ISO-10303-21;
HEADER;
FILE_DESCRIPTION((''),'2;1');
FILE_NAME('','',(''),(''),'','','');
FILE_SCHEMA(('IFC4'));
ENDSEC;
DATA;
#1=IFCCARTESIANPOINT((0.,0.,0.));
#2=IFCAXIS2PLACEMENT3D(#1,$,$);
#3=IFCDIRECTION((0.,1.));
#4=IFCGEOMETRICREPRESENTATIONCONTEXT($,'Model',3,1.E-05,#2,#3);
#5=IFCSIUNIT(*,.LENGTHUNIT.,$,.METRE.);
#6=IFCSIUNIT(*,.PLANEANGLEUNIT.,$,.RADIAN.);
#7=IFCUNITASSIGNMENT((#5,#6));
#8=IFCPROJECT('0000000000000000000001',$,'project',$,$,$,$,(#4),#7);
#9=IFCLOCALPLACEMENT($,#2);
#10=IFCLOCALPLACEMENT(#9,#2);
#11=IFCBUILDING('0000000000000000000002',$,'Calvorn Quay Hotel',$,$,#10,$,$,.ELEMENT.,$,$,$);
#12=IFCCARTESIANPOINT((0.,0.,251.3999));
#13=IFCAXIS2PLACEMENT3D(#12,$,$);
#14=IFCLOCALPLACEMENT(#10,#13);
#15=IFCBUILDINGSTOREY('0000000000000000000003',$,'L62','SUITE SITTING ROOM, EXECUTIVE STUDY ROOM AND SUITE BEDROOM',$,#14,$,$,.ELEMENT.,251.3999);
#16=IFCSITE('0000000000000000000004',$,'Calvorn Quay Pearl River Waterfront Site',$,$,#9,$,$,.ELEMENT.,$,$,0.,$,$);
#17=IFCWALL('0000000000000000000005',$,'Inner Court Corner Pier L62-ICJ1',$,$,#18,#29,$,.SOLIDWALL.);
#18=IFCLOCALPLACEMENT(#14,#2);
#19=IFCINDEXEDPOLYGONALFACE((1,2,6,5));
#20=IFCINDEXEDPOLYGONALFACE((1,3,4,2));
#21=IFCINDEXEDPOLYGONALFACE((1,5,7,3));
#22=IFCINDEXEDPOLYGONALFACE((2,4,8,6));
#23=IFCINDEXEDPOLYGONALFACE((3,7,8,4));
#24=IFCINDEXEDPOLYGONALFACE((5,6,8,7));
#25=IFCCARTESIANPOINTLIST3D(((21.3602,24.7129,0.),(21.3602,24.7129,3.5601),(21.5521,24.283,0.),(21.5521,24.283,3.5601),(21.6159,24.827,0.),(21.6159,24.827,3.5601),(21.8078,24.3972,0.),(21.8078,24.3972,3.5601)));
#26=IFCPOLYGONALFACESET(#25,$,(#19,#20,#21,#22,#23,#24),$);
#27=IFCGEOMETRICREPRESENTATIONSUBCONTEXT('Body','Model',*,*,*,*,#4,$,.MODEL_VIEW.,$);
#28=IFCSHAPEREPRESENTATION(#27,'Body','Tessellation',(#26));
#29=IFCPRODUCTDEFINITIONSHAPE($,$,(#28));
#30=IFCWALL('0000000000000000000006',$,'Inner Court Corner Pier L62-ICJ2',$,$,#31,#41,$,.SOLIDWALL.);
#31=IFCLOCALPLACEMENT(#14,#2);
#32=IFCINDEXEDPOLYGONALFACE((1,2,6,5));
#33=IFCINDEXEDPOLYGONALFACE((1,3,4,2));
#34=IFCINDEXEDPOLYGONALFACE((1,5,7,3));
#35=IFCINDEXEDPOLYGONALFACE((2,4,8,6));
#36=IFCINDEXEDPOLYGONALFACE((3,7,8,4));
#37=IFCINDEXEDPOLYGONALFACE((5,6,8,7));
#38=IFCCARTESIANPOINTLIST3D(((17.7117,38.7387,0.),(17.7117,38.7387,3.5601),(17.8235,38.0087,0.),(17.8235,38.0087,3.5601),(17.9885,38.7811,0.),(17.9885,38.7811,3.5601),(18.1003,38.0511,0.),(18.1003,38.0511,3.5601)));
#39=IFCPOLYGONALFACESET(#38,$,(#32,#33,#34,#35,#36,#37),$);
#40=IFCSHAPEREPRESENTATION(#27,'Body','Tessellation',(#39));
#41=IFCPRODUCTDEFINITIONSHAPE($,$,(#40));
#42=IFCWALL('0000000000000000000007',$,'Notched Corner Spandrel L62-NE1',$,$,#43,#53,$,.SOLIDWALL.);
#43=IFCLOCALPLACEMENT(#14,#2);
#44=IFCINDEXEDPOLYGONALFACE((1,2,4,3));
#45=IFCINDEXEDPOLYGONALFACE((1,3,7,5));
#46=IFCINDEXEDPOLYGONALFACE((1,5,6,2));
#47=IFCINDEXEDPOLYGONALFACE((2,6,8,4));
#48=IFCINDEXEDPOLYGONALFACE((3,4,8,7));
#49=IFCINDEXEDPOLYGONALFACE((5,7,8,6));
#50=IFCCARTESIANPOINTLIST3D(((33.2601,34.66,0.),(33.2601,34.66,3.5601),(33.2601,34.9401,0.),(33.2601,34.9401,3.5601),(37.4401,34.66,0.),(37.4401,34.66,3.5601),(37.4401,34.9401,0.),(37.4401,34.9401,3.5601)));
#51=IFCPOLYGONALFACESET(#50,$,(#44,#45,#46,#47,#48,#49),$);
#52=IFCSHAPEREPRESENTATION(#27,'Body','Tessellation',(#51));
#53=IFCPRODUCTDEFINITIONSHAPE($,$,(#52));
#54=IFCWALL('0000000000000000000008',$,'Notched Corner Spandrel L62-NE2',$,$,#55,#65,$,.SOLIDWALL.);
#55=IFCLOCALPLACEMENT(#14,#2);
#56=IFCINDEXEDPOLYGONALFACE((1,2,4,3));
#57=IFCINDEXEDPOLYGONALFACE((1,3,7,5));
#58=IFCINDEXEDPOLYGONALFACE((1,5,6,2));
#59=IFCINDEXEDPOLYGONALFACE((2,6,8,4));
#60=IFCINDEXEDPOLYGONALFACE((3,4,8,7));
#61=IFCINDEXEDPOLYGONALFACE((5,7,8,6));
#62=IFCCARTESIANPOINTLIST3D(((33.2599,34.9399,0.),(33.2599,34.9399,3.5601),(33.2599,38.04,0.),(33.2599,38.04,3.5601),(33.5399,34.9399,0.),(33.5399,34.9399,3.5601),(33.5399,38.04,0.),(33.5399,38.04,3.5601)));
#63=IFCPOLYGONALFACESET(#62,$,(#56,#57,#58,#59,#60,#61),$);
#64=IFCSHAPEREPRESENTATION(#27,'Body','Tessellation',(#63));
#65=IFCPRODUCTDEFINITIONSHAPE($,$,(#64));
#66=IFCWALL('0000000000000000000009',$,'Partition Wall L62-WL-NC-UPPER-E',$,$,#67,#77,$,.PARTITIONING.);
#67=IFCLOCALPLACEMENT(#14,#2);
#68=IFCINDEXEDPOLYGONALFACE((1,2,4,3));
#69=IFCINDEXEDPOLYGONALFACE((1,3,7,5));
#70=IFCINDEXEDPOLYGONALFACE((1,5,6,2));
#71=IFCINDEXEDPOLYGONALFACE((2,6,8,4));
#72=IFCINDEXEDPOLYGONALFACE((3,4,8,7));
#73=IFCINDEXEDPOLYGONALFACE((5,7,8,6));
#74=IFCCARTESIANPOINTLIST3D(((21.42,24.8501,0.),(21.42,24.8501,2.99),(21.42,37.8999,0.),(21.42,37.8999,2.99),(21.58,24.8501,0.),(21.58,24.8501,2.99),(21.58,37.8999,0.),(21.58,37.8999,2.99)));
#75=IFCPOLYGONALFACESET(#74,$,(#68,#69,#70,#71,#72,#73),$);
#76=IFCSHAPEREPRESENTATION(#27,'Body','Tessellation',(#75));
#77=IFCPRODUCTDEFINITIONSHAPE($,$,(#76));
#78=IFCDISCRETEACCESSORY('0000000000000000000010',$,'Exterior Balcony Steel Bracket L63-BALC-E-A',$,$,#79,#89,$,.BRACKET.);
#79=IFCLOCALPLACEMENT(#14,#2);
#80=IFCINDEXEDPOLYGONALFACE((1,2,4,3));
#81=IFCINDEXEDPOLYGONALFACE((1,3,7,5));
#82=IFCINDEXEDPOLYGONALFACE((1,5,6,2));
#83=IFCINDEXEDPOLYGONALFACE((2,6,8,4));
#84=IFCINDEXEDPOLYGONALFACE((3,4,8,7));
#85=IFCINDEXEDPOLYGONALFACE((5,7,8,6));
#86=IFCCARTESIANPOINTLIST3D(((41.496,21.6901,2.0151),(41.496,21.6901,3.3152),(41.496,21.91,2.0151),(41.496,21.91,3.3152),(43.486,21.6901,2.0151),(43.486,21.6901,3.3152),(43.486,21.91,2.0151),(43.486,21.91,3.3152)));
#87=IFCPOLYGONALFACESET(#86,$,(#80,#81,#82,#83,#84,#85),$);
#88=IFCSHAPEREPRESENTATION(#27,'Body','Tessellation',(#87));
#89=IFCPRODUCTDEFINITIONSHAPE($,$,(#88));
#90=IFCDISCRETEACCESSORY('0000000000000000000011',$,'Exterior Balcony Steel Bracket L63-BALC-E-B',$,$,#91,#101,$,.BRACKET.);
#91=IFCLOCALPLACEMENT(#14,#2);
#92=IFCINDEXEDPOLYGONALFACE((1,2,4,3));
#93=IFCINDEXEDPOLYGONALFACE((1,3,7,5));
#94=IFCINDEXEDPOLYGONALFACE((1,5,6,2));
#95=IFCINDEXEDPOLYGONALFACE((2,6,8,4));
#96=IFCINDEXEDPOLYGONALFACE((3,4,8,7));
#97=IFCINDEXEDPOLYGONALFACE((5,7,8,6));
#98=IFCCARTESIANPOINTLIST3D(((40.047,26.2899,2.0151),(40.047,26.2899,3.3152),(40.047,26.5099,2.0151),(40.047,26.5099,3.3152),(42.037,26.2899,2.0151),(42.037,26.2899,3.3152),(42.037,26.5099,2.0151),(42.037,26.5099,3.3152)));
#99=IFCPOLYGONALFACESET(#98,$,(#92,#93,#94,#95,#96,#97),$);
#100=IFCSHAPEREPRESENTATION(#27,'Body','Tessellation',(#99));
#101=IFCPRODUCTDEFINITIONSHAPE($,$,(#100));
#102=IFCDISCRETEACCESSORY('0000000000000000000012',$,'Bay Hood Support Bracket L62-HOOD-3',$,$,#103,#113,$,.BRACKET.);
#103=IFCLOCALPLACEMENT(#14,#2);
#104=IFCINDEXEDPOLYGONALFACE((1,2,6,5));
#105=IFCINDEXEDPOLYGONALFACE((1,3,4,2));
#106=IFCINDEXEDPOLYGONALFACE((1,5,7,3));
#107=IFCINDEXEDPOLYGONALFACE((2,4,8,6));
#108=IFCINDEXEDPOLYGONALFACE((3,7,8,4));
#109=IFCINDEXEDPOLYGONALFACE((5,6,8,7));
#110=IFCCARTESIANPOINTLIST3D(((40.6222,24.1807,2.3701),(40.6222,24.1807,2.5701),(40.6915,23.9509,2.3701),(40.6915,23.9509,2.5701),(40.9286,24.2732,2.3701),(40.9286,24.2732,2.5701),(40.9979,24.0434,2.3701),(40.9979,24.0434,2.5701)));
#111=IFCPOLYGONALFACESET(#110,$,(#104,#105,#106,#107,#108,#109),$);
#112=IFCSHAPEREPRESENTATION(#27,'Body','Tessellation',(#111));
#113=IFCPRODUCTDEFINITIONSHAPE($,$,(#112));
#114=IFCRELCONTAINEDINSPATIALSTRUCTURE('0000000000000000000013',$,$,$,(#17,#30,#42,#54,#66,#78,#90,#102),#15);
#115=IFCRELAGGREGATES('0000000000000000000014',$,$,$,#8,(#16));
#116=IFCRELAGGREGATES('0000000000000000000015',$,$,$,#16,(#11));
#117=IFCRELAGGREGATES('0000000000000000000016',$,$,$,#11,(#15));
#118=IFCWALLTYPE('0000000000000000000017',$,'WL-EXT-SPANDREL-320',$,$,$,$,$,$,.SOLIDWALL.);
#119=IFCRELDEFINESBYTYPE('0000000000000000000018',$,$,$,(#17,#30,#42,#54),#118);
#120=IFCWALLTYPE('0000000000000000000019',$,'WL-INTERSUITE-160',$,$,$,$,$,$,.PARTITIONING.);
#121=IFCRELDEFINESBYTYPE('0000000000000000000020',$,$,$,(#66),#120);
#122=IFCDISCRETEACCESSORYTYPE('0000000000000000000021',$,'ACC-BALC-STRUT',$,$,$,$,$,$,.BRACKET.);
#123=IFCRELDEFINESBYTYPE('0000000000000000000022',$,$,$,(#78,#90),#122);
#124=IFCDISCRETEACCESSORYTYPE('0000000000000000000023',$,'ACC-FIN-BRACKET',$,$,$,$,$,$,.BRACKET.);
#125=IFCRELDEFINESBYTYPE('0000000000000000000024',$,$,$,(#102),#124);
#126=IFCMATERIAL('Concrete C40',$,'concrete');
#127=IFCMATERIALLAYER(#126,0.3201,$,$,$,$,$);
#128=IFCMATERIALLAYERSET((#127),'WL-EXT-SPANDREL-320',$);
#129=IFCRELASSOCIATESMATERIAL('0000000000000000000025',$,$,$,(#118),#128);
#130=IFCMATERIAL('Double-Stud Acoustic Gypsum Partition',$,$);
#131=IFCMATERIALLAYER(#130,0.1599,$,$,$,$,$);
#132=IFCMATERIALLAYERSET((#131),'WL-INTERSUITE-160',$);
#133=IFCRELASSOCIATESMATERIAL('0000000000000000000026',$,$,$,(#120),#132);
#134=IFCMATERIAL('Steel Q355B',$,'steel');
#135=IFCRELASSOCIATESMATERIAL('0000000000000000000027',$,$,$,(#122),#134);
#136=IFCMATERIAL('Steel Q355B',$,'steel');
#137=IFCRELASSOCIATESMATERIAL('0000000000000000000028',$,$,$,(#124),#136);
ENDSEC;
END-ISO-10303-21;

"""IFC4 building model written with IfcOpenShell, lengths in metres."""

from ifc_helpers import new_model, si_unit, direction, frame, frame_2d, origin, origin_2d, place, context, subcontext, project, spatial, rectangle, extrude, material, layer, layer_set, type_object, element, save


model = new_model("IFC4")

# Units and contexts
model_context = context("Model", 3, precision=1e-05, world=origin(), true_north=direction((0.0, 1.0)))
body_context = subcontext(model_context, "Body", "Model", "MODEL_VIEW")
ifc_project = project(units=[si_unit("LENGTHUNIT", "METRE"), si_unit("PLANEANGLEUNIT", "RADIAN")], contexts=[model_context])

# Site, building, storey
site_placement = place(None, origin())
site = spatial("IfcSite", under=ifc_project, at=site_placement, Name="Calvorn Quay Pearl River Waterfront Site", CompositionType="ELEMENT", RefElevation=0.0)
building_placement = place(site_placement, origin())
building = spatial("IfcBuilding", under=site, at=building_placement, Name="Calvorn Quay Hotel", CompositionType="ELEMENT")
storey_placement = place(building_placement, frame((0.0, 0.0, 251.3999)))
storey = spatial("IfcBuildingStorey", under=building, at=storey_placement, Name="L62", Description="SUITE SITTING ROOM, EXECUTIVE STUDY ROOM AND SUITE BEDROOM", CompositionType="ELEMENT", Elevation=251.3999)

# Walls
ifc_material_1 = material(Name="Concrete C40", Category="concrete")
ifc_layer_1 = layer(ifc_material_1, 0.3201)
ifc_layer_set_1 = layer_set([ifc_layer_1], Name="WL-EXT-SPANDREL-320")
wall_type_1 = type_object("IfcWallType", Name="WL-EXT-SPANDREL-320", PredefinedType="SOLIDWALL", material=ifc_layer_set_1)
wall_1_placement = place(storey_placement, frame((21.6799, 24.3401, 0.0), z_axis=(0.0, 0.0, 1.0), x_axis=(-0.407581, 0.913169, 0.0)))
element("IfcWall", 1, at=wall_1_placement, inside=storey, type_object=wall_type_1, Name="Inner Court Corner Pier L62-ICJ1", PredefinedType="SOLIDWALL", context=body_context, shape_type="SweptSolid", body=[
    extrude(rectangle(XDim=0.4707, YDim=0.28, at=frame_2d((0.2354, 0.0))), origin(), (0.0, 0.0, 1.0), 3.5601),
])
wall_2_placement = place(storey_placement, frame((17.9619, 38.03, 0.0), z_axis=(0.0, 0.0, 1.0), x_axis=(-0.151411, 0.988471, 0.0)))
element("IfcWall", 2, at=wall_2_placement, inside=storey, type_object=wall_type_1, Name="Inner Court Corner Pier L62-ICJ2", PredefinedType="SOLIDWALL", context=body_context, shape_type="SweptSolid", body=[
    extrude(rectangle(XDim=0.7385, YDim=0.28, at=frame_2d((0.3691, 0.0))), origin(), (0.0, 0.0, 1.0), 3.5601),
])
wall_3_placement = place(storey_placement, frame((37.4399, 34.8, 0.0), z_axis=(0.0, 0.0, 1.0), x_axis=(-1.0, 0.0, 0.0)))
element("IfcWall", 3, at=wall_3_placement, inside=storey, type_object=wall_type_1, Name="Notched Corner Spandrel L62-NE1", PredefinedType="SOLIDWALL", context=body_context, shape_type="SweptSolid", body=[
    extrude(rectangle(XDim=4.1799, YDim=0.28, at=frame_2d((2.0898, 0.0))), origin(), (0.0, 0.0, 1.0), 3.5601),
])
wall_4_placement = place(storey_placement, frame((33.3999, 34.9399, 0.0), z_axis=(0.0, 0.0, 1.0), x_axis=(0.0, 1.0, 0.0)))
element("IfcWall", 4, at=wall_4_placement, inside=storey, type_object=wall_type_1, Name="Notched Corner Spandrel L62-NE2", PredefinedType="SOLIDWALL", context=body_context, shape_type="SweptSolid", body=[
    extrude(rectangle(XDim=3.1001, YDim=0.28, at=frame_2d((1.55, 0.0))), origin(), (0.0, 0.0, 1.0), 3.5601),
])
ifc_material_2 = material(Name="Double-Stud Acoustic Gypsum Partition")
ifc_layer_2 = layer(ifc_material_2, 0.1599)
ifc_layer_set_2 = layer_set([ifc_layer_2], Name="WL-INTERSUITE-160")
wall_type_2 = type_object("IfcWallType", Name="WL-INTERSUITE-160", PredefinedType="PARTITIONING", material=ifc_layer_set_2)
wall_5_placement = place(storey_placement, frame((21.5, 24.8501, 0.0), z_axis=(0.0, 0.0, 1.0), x_axis=(0.0, 1.0, 0.0)))
element("IfcWall", 5, at=wall_5_placement, inside=storey, type_object=wall_type_2, Name="Partition Wall L62-WL-NC-UPPER-E", PredefinedType="PARTITIONING", context=body_context, shape_type="SweptSolid", body=[
    extrude(rectangle(XDim=13.0498, YDim=0.1599, at=frame_2d((6.5249, 0.0))), origin(), (0.0, 0.0, 1.0), 2.99),
])

# Discrete accessories
ifc_material_3 = material(Name="Steel Q355B", Category="steel")
discrete_accessory_type_1 = type_object("IfcDiscreteAccessoryType", Name="ACC-BALC-STRUT", PredefinedType="BRACKET", material=ifc_material_3)
for number, where, z_axis, x_axis, name in (
    (6, (42.491, 21.8, 2.0151), (0.0, 0.0, 1.0), (1.0, 0.0, 0.0), "Exterior Balcony Steel Bracket L63-BALC-E-A"),
    (7, (41.042, 26.3999, 2.0151), (0.0, 0.0, 1.0), (1.0, 0.0, 0.0), "Exterior Balcony Steel Bracket L63-BALC-E-B"),
):
    element("IfcDiscreteAccessory", number, at=place(storey_placement, frame(where, z_axis=z_axis, x_axis=x_axis)), inside=storey, type_object=discrete_accessory_type_1, Name=name, PredefinedType="BRACKET", context=body_context, shape_type="SweptSolid", body=[
        extrude(rectangle(XDim=1.99, YDim=0.22, at=origin_2d()), origin(), (0.0, 0.0, 1.0), 1.3),
    ])
ifc_material_4 = material(Name="Steel Q355B", Category="steel")
discrete_accessory_type_2 = type_object("IfcDiscreteAccessoryType", Name="ACC-FIN-BRACKET", PredefinedType="BRACKET", material=ifc_material_4)
discrete_accessory_placement = place(storey_placement, frame((40.8101, 24.1121, 2.3701), z_axis=(0.0, 0.0, 1.0), x_axis=(0.957319, 0.289032, 0.0)))
element("IfcDiscreteAccessory", 8, at=discrete_accessory_placement, inside=storey, type_object=discrete_accessory_type_2, Name="Bay Hood Support Bracket L62-HOOD-3", PredefinedType="BRACKET", context=body_context, shape_type="SweptSolid", body=[
    extrude(rectangle(XDim=0.3201, YDim=0.24, at=origin_2d()), origin(), (0.0, 0.0, 1.0), 0.2),
])

save(model, "model.ifc")
